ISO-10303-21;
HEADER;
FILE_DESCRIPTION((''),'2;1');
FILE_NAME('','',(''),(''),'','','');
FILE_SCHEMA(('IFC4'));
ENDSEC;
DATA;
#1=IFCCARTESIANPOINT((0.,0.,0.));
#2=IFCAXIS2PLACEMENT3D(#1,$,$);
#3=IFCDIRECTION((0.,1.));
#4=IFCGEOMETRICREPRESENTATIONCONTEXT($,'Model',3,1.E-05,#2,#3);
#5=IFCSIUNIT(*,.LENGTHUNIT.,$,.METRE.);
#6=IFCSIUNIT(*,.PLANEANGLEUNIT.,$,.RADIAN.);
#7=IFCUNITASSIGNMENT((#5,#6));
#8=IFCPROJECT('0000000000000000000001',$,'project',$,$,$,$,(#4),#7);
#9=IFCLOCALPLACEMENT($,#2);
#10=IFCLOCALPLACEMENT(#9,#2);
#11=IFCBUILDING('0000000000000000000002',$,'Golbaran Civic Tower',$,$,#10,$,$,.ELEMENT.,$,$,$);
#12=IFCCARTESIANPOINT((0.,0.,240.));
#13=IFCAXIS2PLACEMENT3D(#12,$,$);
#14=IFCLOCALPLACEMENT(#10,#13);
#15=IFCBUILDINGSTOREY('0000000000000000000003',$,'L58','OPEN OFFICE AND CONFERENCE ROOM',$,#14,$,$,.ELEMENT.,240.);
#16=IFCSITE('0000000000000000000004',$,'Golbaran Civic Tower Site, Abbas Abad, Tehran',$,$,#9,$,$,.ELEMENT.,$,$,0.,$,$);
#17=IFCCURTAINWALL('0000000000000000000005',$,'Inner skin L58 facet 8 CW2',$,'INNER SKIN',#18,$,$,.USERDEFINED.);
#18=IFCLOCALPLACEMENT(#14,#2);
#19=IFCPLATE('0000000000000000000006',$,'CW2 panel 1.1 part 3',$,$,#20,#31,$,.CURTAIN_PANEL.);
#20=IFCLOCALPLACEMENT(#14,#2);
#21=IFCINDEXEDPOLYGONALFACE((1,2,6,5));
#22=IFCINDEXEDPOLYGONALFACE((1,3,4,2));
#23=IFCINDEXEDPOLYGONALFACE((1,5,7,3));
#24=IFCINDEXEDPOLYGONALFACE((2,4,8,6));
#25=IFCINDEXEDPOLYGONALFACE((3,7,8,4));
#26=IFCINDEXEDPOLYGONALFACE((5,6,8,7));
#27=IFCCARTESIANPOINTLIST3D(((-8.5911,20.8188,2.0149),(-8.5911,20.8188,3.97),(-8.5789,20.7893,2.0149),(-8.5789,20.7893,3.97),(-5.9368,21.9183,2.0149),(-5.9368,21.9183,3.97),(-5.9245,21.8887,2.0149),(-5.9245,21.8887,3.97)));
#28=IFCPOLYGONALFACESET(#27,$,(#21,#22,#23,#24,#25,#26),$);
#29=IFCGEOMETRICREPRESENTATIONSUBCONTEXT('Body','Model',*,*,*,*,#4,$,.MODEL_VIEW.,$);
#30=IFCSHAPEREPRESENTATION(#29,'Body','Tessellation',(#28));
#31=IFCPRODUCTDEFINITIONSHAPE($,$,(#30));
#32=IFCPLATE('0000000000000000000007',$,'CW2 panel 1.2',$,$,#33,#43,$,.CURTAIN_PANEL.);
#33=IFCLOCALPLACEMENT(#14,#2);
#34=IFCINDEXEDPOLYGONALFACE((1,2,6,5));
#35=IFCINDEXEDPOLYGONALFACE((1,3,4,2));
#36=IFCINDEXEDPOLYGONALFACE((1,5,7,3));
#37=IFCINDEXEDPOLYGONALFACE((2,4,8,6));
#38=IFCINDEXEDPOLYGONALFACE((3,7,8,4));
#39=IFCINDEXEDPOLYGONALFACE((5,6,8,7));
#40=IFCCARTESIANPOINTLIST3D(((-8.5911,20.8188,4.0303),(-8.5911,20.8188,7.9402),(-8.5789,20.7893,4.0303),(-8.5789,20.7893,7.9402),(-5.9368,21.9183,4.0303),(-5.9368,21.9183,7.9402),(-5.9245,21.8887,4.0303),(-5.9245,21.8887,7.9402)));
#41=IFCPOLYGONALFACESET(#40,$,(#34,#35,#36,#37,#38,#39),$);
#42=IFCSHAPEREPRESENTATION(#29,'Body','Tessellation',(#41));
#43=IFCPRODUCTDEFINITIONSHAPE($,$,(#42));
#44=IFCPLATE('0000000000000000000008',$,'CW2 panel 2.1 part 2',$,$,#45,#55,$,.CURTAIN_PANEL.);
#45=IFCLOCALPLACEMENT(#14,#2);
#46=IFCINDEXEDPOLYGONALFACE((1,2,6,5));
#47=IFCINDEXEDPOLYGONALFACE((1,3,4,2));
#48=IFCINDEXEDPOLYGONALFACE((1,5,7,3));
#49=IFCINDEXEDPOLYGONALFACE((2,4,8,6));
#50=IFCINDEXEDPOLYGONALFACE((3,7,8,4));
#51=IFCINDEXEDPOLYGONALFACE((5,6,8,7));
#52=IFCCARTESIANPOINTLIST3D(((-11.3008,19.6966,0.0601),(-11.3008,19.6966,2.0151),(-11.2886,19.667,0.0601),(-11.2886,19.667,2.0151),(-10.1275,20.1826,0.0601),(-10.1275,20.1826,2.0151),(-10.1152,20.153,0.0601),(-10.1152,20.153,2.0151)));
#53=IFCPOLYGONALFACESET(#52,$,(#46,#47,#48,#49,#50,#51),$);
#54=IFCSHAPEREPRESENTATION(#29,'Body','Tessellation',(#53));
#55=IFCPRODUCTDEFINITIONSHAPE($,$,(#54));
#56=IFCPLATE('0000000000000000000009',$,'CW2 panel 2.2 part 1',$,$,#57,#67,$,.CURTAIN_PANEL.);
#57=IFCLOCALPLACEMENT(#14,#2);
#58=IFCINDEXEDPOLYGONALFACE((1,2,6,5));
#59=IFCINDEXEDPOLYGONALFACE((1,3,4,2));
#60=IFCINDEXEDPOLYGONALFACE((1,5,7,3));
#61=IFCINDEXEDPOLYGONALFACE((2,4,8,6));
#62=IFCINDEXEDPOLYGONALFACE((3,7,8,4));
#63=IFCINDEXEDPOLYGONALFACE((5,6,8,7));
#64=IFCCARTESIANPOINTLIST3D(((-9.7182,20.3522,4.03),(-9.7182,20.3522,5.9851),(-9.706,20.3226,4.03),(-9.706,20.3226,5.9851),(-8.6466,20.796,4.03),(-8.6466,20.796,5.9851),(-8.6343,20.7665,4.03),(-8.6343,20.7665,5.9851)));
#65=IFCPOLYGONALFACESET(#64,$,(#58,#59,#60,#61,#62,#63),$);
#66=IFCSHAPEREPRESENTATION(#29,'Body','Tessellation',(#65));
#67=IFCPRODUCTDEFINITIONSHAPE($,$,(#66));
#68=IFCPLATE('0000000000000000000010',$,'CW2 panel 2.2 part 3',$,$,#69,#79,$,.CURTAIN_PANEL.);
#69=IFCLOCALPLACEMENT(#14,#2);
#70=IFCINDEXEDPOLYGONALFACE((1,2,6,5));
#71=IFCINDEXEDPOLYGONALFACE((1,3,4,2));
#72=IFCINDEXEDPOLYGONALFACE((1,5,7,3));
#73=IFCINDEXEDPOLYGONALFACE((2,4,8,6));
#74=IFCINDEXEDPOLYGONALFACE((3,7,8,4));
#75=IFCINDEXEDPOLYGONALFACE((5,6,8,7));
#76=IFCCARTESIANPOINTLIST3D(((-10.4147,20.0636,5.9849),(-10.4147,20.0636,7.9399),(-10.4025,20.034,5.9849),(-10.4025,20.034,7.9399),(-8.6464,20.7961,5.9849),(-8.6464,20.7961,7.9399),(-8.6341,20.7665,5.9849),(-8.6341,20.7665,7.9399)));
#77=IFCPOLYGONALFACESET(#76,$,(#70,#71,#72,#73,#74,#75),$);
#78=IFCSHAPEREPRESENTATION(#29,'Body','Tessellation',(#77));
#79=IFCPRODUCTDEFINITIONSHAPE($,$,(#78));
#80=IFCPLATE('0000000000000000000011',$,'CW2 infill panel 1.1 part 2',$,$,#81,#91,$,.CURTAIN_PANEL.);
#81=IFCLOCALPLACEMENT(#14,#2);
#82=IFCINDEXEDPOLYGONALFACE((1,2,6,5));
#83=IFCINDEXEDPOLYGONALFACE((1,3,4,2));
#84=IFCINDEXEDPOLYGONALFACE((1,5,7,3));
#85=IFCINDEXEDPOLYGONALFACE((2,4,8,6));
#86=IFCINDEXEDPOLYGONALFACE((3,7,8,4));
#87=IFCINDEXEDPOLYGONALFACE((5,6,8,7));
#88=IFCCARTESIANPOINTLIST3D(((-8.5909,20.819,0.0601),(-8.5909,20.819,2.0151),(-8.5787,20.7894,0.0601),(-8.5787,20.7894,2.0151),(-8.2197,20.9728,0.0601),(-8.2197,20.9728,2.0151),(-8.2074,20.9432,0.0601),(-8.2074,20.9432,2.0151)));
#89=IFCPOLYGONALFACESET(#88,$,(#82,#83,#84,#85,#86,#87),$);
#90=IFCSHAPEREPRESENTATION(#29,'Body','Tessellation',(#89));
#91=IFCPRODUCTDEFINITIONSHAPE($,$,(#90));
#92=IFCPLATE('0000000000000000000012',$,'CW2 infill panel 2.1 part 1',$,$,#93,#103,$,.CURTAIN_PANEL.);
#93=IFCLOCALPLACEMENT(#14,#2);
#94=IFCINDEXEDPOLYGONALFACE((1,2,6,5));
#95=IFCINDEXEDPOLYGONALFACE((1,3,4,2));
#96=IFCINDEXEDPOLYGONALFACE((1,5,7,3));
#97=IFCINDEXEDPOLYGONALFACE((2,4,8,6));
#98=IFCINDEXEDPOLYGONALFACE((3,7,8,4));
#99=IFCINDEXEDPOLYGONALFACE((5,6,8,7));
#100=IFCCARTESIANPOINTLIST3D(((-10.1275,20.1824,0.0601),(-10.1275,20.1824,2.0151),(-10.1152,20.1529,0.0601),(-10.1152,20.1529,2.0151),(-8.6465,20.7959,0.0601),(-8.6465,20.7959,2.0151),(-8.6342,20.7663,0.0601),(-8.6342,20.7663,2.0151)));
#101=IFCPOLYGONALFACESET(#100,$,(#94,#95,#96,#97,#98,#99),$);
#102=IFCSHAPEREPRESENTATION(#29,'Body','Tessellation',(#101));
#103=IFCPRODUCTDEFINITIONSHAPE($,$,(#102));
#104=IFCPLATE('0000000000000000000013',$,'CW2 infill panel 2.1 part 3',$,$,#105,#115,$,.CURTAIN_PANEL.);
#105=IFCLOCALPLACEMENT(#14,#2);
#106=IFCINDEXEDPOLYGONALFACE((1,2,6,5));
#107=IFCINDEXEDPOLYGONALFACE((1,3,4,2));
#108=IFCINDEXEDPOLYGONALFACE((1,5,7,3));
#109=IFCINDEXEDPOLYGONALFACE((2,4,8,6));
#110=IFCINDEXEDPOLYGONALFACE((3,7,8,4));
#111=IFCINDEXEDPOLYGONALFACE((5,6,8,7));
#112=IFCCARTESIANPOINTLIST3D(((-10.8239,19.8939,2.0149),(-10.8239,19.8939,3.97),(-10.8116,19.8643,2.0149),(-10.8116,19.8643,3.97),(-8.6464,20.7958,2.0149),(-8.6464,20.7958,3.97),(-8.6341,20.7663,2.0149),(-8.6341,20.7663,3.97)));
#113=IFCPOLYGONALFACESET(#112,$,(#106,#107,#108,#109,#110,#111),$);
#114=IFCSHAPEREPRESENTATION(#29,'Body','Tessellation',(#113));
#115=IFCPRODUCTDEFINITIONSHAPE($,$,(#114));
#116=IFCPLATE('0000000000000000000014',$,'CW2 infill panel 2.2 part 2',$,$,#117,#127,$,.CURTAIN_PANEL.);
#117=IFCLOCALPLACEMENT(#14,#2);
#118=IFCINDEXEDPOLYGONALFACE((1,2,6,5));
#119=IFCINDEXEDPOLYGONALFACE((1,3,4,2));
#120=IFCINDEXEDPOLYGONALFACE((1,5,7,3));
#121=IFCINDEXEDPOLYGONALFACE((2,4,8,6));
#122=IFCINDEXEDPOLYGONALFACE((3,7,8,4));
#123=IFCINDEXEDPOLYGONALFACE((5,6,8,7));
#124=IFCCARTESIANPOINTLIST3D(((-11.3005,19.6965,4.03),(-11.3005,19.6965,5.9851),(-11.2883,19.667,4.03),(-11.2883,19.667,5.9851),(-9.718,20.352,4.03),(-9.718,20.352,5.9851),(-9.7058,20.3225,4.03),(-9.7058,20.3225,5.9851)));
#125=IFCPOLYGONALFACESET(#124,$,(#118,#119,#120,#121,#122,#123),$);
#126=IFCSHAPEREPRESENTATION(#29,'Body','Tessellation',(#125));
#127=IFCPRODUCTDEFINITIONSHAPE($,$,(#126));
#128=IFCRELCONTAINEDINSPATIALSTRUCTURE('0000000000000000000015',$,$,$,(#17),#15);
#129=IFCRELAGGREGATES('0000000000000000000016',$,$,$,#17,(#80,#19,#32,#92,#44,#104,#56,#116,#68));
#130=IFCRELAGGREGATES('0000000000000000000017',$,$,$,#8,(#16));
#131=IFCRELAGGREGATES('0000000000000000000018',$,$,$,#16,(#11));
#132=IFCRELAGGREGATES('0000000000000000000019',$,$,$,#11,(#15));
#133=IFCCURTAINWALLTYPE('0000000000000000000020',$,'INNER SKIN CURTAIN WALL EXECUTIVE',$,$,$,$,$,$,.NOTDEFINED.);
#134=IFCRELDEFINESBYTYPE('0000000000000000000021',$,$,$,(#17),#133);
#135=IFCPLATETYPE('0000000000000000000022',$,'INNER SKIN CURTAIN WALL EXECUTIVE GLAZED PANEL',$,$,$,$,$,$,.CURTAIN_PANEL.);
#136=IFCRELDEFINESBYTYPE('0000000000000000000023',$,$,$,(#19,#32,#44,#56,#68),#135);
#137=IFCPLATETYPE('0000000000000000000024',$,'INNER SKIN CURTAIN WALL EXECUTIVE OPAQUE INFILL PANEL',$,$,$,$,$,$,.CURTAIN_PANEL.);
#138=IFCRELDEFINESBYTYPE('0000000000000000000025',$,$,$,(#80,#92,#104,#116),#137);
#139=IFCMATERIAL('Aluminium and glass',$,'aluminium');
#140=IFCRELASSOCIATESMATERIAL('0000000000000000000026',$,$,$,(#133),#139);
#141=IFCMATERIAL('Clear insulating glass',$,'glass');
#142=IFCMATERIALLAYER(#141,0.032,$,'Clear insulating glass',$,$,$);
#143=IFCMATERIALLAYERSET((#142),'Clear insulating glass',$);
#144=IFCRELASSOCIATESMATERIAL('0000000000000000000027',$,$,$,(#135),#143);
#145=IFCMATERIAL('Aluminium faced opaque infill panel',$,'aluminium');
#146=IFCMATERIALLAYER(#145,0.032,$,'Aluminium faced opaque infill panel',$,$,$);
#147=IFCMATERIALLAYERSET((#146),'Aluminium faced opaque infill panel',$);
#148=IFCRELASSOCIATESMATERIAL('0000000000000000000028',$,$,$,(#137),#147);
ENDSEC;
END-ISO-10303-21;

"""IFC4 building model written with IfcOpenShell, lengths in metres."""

from ifc_helpers import new_model, si_unit, direction, frame, origin, origin_2d, place, context, subcontext, project, spatial, rectangle, extrude, material, layer, layer_set, type_object, element, aggregate, save


model = new_model("IFC4")

# Units and contexts
model_context = context("Model", 3, precision=1e-05, world=origin(), true_north=direction((0.0, 1.0)))
body_context = subcontext(model_context, "Body", "Model", "MODEL_VIEW")
ifc_project = project(units=[si_unit("LENGTHUNIT", "METRE"), si_unit("PLANEANGLEUNIT", "RADIAN")], contexts=[model_context])

# Site, building, storey
site_placement = place(None, origin())
site = spatial("IfcSite", under=ifc_project, at=site_placement, Name="Golbaran Civic Tower Site, Abbas Abad, Tehran", CompositionType="ELEMENT", RefElevation=0.0)
building_placement = place(site_placement, origin())
building = spatial("IfcBuilding", under=site, at=building_placement, Name="Golbaran Civic Tower", CompositionType="ELEMENT")
storey_placement = place(building_placement, frame((0.0, 0.0, 240.0)))
storey = spatial("IfcBuildingStorey", under=building, at=storey_placement, Name="L58", Description="OPEN OFFICE AND CONFERENCE ROOM", CompositionType="ELEMENT", Elevation=240.0)

# Shared definitions
ifc_material_1 = material(Name="Aluminium and glass", Category="aluminium")
curtain_wall_type = type_object("IfcCurtainWallType", Name="INNER SKIN CURTAIN WALL EXECUTIVE", PredefinedType="NOTDEFINED", material=ifc_material_1)

# Curtain wall, plates
curtain_wall_1_placement = place(storey_placement, origin())
curtain_wall_1 = element("IfcCurtainWall", 1, at=curtain_wall_1_placement, inside=storey, type_object=curtain_wall_type, Name="Inner skin L58 facet 8 CW2", ObjectType="INNER SKIN", PredefinedType="USERDEFINED")
ifc_material_2 = material(Name="Clear insulating glass", Category="glass")
ifc_layer_1 = layer(ifc_material_2, 0.032, Name="Clear insulating glass")
ifc_layer_set_1 = layer_set([ifc_layer_1], Name="Clear insulating glass")
plate_type_1 = type_object("IfcPlateType", Name="INNER SKIN CURTAIN WALL EXECUTIVE GLAZED PANEL", PredefinedType="CURTAIN_PANEL", material=ifc_layer_set_1)
plate_1_placement = place(storey_placement, frame((-7.2578, 21.3538, 2.0149), z_axis=(0.0, 0.0, 1.0), x_axis=(-0.92388, -0.382683, 0.0)))
plate_1 = element("IfcPlate", 2, at=plate_1_placement, type_object=plate_type_1, Name="CW2 panel 1.1 part 3", PredefinedType="CURTAIN_PANEL", context=body_context, shape_type="SweptSolid", body=[
    extrude(rectangle(XDim=2.873, YDim=0.032, at=origin_2d()), origin(), (0.0, 0.0, 1.0), 1.9551),
])
plate_2_placement = place(storey_placement, frame((-7.2578, 21.3538, 4.0303), z_axis=(0.0, 0.0, 1.0), x_axis=(-0.92388, -0.382683, 0.0)))
plate_2 = element("IfcPlate", 3, at=plate_2_placement, type_object=plate_type_1, Name="CW2 panel 1.2", PredefinedType="CURTAIN_PANEL", context=body_context, shape_type="SweptSolid", body=[
    extrude(rectangle(XDim=2.873, YDim=0.032, at=origin_2d()), origin(), (0.0, 0.0, 1.0), 3.9099),
])
plate_3_placement = place(storey_placement, frame((-10.708, 19.9248, 0.0601), z_axis=(0.0, 0.0, 1.0), x_axis=(-0.92388, -0.382683, 0.0)))
plate_3 = element("IfcPlate", 4, at=plate_3_placement, type_object=plate_type_1, Name="CW2 panel 2.1 part 2", PredefinedType="CURTAIN_PANEL", context=body_context, shape_type="SweptSolid", body=[
    extrude(rectangle(XDim=1.27, YDim=0.032, at=origin_2d()), origin(), (0.0, 0.0, 1.0), 1.9551),
])
plate_4_placement = place(storey_placement, frame((-9.1763, 20.5593, 4.03), z_axis=(0.0, 0.0, 1.0), x_axis=(-0.92388, -0.382683, 0.0)))
plate_4 = element("IfcPlate", 5, at=plate_4_placement, type_object=plate_type_1, Name="CW2 panel 2.2 part 1", PredefinedType="CURTAIN_PANEL", context=body_context, shape_type="SweptSolid", body=[
    extrude(rectangle(XDim=1.1599, YDim=0.032, at=origin_2d()), origin(), (0.0, 0.0, 1.0), 1.9551),
])
plate_5_placement = place(storey_placement, frame((-9.5244, 20.415, 5.9849), z_axis=(0.0, 0.0, 1.0), x_axis=(-0.92388, -0.382683, 0.0)))
plate_5 = element("IfcPlate", 6, at=plate_5_placement, type_object=plate_type_1, Name="CW2 panel 2.2 part 3", PredefinedType="CURTAIN_PANEL", context=body_context, shape_type="SweptSolid", body=[
    extrude(rectangle(XDim=1.9141, YDim=0.032, at=origin_2d()), origin(), (0.0, 0.0, 1.0), 1.9551),
])
ifc_material_3 = material(Name="Aluminium faced opaque infill panel", Category="aluminium")
ifc_layer_2 = layer(ifc_material_3, 0.032, Name="Aluminium faced opaque infill panel")
ifc_layer_set_2 = layer_set([ifc_layer_2], Name="Aluminium faced opaque infill panel")
plate_type_2 = type_object("IfcPlateType", Name="INNER SKIN CURTAIN WALL EXECUTIVE OPAQUE INFILL PANEL", PredefinedType="CURTAIN_PANEL", material=ifc_layer_set_2)
plate_6_placement = place(storey_placement, frame((-8.3992, 20.8811, 0.0601), z_axis=(0.0, 0.0, 1.0), x_axis=(-0.92388, -0.382683, 0.0)))
plate_6 = element("IfcPlate", 7, at=plate_6_placement, type_object=plate_type_2, Name="CW2 infill panel 1.1 part 2", PredefinedType="CURTAIN_PANEL", context=body_context, shape_type="SweptSolid", body=[
    extrude(rectangle(XDim=0.4019, YDim=0.032, at=origin_2d()), origin(), (0.0, 0.0, 1.0), 1.9551),
])
plate_7_placement = place(storey_placement, frame((-9.3809, 20.4744, 0.0601), z_axis=(0.0, 0.0, 1.0), x_axis=(-0.92388, -0.382683, 0.0)))
plate_7 = element("IfcPlate", 8, at=plate_7_placement, type_object=plate_type_2, Name="CW2 infill panel 2.1 part 1", PredefinedType="CURTAIN_PANEL", context=body_context, shape_type="SweptSolid", body=[
    extrude(rectangle(XDim=1.603, YDim=0.032, at=origin_2d()), origin(), (0.0, 0.0, 1.0), 1.9551),
])
plate_8_placement = place(storey_placement, frame((-9.729, 20.3301, 2.0149), z_axis=(0.0, 0.0, 1.0), x_axis=(-0.92388, -0.382683, 0.0)))
plate_8 = element("IfcPlate", 9, at=plate_8_placement, type_object=plate_type_2, Name="CW2 infill panel 2.1 part 3", PredefinedType="CURTAIN_PANEL", context=body_context, shape_type="SweptSolid", body=[
    extrude(rectangle(XDim=2.3569, YDim=0.032, at=origin_2d()), origin(), (0.0, 0.0, 1.0), 1.9551),
])
plate_9_placement = place(storey_placement, frame((-10.5032, 20.0095, 4.03), z_axis=(0.0, 0.0, 1.0), x_axis=(-0.92388, -0.382683, 0.0)))
plate_9 = element("IfcPlate", 10, at=plate_9_placement, type_object=plate_type_2, Name="CW2 infill panel 2.2 part 2", PredefinedType="CURTAIN_PANEL", context=body_context, shape_type="SweptSolid", body=[
    extrude(rectangle(XDim=1.7129, YDim=0.032, at=origin_2d()), origin(), (0.0, 0.0, 1.0), 1.9551),
])
aggregate(curtain_wall_1, [plate_6, plate_1, plate_2, plate_7, plate_3, plate_8, plate_4, plate_9, plate_5])

save(model, "model.ifc")
